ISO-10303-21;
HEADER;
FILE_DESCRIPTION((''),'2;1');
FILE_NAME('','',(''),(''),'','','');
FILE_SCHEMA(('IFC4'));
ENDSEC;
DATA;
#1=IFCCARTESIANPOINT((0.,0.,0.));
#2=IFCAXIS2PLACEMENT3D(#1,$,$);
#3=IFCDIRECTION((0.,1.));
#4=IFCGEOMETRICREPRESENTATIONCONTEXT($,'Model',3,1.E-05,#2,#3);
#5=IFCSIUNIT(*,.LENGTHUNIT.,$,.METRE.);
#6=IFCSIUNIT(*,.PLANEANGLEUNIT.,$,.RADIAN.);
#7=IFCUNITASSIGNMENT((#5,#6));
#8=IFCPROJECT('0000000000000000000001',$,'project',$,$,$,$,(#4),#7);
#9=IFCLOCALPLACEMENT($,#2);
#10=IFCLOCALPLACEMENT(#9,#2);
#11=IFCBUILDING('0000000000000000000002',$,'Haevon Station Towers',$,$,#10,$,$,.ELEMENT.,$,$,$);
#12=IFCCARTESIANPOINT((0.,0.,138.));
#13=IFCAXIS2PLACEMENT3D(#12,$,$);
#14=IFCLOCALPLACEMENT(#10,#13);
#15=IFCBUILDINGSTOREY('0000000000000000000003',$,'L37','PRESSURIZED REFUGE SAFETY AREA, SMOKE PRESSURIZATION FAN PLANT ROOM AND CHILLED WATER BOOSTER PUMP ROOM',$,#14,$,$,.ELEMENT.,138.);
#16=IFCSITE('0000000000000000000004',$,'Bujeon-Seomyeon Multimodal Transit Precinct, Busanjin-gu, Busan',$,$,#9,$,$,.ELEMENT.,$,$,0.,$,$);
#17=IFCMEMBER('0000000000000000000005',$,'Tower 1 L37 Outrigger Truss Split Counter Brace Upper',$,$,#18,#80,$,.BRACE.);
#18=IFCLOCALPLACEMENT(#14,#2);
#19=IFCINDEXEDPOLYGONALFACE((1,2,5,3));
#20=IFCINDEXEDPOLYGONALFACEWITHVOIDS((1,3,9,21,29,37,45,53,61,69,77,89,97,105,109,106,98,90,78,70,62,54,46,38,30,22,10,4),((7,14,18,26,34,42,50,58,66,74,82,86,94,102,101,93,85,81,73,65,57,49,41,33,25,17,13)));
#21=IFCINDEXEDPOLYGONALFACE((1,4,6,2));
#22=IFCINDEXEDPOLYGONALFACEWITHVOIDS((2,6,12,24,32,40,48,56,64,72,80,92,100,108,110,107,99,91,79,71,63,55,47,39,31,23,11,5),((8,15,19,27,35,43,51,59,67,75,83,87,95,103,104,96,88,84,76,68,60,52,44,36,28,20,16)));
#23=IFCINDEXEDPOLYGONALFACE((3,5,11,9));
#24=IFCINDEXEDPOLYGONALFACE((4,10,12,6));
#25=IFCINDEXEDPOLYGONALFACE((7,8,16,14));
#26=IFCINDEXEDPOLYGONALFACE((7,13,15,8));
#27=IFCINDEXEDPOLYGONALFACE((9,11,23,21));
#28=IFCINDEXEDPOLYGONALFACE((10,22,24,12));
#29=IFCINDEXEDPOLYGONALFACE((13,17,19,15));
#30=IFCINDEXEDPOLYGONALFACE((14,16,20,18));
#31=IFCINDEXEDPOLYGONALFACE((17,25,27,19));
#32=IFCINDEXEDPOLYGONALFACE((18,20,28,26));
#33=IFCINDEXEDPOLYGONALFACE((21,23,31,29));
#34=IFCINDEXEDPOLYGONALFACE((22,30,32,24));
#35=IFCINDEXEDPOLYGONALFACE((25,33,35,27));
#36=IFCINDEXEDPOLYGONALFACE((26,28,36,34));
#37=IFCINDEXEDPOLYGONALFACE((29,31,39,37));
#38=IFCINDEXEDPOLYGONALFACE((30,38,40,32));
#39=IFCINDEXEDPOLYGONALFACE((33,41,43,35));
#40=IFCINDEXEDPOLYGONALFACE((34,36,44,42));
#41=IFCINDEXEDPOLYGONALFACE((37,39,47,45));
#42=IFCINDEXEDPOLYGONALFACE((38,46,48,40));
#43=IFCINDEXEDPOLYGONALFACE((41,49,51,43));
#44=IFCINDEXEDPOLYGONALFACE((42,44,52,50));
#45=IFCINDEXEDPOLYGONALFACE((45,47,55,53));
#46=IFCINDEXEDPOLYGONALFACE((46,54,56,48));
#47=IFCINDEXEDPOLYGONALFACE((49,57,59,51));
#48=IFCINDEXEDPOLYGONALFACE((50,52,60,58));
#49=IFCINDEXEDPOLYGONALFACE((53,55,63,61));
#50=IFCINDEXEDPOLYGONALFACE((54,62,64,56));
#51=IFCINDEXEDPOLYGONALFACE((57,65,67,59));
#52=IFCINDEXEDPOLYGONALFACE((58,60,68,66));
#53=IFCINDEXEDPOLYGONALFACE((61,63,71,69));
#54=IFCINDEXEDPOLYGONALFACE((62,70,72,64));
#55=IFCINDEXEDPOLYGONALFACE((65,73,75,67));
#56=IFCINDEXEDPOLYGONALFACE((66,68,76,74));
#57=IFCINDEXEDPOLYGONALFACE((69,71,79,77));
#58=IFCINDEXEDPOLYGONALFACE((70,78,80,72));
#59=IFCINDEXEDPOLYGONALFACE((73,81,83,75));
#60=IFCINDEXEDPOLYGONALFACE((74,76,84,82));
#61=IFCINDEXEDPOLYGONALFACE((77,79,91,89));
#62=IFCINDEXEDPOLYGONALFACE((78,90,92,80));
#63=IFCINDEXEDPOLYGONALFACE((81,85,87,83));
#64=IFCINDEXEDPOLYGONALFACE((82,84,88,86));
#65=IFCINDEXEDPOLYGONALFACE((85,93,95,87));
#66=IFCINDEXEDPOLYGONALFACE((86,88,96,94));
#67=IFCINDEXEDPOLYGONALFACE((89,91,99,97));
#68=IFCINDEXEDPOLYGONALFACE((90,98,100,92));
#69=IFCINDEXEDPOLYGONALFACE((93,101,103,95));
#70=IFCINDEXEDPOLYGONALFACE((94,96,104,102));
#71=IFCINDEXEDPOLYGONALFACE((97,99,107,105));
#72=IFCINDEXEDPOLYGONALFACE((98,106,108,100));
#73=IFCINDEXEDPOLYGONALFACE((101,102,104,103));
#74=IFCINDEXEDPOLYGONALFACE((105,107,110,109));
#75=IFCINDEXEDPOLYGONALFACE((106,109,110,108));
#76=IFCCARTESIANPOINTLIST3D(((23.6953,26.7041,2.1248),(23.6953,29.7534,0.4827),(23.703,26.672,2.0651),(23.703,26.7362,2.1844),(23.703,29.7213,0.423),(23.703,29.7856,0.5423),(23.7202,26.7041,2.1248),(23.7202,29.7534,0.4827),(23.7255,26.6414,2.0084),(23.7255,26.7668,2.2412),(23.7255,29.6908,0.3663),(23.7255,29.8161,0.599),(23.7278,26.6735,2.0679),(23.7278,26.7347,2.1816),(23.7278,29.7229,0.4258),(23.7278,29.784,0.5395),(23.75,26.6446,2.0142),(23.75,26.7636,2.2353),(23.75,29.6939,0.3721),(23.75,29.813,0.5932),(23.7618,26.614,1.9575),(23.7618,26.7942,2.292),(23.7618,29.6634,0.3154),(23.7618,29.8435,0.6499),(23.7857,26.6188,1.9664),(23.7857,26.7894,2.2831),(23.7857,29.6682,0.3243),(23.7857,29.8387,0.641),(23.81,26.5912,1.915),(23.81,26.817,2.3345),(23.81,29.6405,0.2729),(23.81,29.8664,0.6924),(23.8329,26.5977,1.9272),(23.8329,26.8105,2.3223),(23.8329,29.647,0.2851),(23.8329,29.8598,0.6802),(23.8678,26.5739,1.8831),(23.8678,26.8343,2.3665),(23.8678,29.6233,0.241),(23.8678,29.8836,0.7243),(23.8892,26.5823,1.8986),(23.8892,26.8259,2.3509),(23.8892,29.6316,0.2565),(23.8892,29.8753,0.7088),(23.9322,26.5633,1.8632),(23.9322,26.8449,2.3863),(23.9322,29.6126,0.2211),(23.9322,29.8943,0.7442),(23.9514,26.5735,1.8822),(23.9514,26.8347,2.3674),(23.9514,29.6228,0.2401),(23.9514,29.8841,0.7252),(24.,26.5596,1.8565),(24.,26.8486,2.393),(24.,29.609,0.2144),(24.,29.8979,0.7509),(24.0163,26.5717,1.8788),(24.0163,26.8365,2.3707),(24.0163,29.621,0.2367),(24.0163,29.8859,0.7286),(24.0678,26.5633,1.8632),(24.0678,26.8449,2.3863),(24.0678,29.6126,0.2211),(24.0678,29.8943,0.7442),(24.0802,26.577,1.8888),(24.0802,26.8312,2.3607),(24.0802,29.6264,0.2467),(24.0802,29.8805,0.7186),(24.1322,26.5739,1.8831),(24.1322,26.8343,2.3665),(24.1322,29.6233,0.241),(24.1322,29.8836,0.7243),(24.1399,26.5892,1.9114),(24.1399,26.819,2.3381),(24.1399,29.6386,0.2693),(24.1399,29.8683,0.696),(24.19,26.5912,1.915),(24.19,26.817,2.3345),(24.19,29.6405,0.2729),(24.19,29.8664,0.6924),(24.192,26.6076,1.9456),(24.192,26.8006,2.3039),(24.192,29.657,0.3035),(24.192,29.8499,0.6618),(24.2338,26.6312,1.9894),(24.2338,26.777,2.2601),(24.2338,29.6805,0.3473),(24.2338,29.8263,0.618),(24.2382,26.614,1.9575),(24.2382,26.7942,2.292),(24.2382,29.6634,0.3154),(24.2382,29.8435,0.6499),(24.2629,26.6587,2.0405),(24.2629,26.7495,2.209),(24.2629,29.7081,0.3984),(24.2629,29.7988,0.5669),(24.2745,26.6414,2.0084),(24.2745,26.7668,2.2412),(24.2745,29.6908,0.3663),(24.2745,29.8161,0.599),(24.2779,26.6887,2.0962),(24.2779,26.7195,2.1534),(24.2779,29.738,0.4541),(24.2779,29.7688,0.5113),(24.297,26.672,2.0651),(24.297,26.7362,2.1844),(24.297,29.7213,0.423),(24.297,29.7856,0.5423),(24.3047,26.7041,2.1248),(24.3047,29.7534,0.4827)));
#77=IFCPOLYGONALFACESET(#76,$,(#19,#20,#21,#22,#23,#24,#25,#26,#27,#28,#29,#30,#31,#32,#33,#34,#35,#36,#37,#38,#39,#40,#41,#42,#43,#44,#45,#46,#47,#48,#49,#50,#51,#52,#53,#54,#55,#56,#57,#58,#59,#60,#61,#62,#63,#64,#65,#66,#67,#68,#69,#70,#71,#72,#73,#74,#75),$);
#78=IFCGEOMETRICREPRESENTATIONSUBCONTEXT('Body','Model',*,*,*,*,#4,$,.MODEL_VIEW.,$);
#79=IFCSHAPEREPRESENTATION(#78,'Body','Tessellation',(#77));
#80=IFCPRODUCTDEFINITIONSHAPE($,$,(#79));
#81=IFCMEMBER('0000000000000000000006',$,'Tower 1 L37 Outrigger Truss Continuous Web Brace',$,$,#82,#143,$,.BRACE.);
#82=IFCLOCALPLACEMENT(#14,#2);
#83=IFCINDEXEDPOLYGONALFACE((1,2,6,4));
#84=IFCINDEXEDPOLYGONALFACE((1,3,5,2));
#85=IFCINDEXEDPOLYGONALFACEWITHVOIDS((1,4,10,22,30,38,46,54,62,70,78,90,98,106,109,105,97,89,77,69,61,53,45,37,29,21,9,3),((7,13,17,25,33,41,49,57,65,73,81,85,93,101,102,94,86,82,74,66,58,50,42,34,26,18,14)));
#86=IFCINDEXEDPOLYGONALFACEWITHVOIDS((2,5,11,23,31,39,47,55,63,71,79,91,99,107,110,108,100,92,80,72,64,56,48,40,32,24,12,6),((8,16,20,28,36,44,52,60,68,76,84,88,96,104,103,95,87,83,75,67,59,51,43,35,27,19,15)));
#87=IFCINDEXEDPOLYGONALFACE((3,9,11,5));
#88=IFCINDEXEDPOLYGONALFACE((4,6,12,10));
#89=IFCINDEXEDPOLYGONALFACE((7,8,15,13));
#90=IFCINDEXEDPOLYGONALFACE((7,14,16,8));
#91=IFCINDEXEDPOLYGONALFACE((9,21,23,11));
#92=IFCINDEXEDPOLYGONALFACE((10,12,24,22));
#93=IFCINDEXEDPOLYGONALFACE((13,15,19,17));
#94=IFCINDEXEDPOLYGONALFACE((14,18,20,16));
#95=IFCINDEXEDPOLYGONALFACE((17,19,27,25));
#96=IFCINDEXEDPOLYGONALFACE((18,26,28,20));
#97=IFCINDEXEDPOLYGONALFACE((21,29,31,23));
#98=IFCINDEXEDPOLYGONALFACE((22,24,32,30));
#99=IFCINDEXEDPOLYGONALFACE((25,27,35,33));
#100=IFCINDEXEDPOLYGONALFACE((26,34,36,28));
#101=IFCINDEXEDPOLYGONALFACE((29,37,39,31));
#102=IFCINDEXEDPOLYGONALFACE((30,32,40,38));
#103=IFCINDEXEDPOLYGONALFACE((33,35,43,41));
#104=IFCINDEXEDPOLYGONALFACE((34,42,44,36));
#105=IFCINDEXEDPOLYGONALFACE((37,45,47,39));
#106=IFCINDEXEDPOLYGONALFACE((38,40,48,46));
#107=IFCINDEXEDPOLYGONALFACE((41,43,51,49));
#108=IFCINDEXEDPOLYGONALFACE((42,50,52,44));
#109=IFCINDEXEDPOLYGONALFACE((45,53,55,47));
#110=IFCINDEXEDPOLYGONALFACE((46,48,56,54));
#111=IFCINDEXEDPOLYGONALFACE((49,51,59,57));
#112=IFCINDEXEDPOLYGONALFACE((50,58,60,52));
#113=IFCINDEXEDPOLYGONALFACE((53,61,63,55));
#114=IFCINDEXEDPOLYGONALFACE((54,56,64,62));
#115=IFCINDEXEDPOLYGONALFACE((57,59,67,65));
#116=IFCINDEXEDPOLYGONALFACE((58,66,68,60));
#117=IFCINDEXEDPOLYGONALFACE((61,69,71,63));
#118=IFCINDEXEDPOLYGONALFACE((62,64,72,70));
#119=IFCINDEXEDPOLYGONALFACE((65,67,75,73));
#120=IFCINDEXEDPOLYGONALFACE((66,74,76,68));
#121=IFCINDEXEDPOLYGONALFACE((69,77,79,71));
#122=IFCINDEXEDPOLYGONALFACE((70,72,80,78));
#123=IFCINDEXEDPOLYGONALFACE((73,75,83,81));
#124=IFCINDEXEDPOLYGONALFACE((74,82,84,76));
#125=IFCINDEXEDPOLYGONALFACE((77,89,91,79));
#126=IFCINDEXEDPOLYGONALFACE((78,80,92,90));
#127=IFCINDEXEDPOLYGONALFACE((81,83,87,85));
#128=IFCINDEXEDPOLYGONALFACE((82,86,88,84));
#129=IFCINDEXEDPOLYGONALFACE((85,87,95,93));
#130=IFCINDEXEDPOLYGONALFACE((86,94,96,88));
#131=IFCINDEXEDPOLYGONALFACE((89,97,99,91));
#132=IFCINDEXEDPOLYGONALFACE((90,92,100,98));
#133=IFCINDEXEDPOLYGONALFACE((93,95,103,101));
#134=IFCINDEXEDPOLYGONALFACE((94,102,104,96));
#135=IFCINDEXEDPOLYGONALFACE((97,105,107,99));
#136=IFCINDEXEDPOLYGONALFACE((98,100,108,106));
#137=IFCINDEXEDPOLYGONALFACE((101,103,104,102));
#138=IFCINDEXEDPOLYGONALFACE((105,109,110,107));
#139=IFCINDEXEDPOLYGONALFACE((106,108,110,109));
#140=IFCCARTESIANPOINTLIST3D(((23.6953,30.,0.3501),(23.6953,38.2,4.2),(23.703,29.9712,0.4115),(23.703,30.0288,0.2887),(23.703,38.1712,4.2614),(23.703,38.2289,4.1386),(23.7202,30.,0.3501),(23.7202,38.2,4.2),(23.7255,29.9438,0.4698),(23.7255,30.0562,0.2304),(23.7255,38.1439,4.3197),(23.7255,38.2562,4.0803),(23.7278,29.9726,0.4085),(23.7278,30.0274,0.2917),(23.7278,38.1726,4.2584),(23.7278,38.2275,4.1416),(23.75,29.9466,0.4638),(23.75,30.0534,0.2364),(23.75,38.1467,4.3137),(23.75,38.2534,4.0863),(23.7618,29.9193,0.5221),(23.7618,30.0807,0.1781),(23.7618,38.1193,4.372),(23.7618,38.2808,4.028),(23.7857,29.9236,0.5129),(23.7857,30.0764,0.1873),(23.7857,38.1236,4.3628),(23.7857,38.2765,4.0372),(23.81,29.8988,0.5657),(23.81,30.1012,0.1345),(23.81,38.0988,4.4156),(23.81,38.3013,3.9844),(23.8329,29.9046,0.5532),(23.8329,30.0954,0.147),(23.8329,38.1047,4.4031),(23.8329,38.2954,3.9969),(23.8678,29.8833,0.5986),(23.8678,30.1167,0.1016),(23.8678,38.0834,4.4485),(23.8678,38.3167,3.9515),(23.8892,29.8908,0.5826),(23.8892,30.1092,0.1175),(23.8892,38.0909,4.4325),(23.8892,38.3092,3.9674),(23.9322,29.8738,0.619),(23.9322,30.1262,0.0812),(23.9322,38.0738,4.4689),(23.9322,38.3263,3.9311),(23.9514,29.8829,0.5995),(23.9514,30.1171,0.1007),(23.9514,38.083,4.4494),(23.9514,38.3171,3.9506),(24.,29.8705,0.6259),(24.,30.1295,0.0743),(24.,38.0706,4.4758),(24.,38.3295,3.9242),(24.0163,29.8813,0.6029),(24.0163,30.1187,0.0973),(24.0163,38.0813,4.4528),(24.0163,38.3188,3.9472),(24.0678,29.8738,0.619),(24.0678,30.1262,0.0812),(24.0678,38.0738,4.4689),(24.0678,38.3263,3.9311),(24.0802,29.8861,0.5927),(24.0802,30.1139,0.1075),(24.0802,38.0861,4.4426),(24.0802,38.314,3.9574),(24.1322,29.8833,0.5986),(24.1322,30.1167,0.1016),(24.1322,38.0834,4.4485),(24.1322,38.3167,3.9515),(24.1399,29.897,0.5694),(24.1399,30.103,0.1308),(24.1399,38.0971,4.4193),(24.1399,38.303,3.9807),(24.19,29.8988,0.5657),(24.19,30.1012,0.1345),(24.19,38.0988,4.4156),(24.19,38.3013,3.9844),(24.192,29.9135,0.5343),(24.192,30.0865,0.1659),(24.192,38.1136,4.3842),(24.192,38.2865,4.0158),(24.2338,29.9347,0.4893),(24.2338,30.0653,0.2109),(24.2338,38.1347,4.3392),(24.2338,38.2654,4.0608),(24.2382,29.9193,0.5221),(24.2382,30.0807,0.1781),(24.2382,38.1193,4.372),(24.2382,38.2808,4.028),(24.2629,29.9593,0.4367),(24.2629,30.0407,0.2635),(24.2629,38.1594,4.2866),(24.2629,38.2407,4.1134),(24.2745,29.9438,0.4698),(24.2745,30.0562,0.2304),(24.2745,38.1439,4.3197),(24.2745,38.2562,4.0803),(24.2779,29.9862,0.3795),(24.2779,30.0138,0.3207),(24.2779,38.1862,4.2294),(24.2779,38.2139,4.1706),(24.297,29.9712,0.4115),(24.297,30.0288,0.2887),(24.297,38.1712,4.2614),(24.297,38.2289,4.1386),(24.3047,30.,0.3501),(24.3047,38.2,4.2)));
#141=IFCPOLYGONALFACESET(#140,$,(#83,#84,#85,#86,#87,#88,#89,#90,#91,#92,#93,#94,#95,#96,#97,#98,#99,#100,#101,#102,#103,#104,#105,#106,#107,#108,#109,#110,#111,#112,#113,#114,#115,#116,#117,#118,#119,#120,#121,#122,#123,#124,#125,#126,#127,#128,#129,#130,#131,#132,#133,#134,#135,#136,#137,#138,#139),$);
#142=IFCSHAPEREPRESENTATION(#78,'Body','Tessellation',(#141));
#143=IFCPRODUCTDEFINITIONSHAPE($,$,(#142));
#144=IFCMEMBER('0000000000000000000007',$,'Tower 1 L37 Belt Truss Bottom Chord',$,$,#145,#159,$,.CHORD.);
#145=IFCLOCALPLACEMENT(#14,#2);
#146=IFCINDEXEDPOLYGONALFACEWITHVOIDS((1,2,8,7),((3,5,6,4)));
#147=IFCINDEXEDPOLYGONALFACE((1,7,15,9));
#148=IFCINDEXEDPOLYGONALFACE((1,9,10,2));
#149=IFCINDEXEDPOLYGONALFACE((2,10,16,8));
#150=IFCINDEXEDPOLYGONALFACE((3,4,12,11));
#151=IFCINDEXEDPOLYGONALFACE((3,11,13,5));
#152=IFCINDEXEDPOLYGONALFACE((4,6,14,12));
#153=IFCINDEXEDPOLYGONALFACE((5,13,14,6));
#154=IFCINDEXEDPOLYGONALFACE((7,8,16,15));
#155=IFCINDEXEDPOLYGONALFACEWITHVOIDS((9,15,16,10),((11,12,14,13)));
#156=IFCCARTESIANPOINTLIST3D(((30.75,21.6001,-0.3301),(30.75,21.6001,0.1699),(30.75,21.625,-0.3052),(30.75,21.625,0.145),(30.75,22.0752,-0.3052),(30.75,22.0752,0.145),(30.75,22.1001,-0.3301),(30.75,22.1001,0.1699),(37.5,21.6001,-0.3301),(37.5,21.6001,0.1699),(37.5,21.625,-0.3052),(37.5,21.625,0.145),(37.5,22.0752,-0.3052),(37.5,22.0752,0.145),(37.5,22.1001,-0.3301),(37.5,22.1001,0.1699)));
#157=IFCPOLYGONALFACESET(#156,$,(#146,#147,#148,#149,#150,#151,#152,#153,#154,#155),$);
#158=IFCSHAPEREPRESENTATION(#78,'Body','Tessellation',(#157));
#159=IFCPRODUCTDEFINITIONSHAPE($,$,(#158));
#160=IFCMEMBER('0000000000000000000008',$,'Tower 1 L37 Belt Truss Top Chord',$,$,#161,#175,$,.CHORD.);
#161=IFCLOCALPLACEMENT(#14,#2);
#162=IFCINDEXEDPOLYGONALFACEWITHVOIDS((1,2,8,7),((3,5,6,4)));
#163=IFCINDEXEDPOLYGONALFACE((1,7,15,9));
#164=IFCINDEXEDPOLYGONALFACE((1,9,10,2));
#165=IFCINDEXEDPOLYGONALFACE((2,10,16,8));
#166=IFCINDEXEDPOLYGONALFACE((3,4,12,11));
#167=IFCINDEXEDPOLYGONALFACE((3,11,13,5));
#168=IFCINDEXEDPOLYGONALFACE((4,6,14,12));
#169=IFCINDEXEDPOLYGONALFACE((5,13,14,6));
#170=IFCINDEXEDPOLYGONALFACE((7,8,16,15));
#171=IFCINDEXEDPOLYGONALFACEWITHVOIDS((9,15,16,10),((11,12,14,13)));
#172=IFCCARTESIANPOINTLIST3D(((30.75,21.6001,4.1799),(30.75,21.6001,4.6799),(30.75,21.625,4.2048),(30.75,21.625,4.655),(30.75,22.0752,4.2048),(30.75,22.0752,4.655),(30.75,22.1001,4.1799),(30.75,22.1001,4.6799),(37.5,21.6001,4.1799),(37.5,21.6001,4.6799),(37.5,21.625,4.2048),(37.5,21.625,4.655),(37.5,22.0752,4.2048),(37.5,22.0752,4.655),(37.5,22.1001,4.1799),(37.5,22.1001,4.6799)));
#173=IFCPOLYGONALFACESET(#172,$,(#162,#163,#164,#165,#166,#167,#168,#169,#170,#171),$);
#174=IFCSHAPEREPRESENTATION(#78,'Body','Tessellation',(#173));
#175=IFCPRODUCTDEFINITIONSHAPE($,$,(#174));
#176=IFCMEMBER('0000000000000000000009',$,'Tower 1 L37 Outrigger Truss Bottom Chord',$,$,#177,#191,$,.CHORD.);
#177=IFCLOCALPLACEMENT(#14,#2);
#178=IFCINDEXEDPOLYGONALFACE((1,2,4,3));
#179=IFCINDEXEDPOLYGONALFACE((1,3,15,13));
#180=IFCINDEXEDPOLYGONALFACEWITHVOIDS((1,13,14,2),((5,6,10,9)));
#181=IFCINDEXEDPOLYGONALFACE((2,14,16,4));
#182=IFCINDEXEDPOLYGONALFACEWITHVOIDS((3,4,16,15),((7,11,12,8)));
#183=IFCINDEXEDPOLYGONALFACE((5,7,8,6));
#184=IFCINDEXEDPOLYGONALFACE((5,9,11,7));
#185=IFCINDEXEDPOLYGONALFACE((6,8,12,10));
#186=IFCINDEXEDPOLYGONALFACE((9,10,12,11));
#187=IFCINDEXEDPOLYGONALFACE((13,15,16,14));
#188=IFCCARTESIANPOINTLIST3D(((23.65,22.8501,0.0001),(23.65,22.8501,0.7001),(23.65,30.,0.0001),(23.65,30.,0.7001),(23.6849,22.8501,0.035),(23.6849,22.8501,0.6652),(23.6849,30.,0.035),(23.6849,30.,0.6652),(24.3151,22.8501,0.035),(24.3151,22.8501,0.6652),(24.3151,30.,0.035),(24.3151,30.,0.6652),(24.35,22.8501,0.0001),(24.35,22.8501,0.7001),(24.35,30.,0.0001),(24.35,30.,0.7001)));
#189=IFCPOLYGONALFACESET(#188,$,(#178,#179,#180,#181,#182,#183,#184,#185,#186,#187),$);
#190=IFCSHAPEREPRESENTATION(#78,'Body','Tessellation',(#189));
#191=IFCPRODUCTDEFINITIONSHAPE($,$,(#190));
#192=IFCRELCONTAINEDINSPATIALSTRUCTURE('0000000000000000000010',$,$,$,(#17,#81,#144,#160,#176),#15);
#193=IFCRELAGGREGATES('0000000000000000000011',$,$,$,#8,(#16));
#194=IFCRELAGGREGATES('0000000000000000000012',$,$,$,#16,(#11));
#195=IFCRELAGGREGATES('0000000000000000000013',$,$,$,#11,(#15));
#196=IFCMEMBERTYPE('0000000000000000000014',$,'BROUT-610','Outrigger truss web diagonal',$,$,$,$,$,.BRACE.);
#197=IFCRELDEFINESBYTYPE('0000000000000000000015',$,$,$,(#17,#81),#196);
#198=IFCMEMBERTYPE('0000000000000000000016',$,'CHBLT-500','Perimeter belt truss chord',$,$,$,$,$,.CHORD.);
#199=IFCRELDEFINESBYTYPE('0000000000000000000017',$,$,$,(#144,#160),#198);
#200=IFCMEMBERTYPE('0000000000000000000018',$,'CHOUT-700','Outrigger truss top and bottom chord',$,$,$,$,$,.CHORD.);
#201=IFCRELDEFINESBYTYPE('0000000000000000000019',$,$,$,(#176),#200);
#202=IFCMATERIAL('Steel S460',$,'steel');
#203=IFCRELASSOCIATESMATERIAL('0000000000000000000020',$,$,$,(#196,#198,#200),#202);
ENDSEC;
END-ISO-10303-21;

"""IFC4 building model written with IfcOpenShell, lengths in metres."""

from ifc_helpers import new_model, si_unit, direction, frame, origin, origin_2d, place, context, subcontext, project, spatial, hollow_rectangle, hollow_circle, extrude, material, material_profile, profile_set, type_object, element, save


model = new_model("IFC4")

# Units and contexts
model_context = context("Model", 3, precision=1e-05, world=origin(), true_north=direction((0.0, 1.0)))
body_context = subcontext(model_context, "Body", "Model", "MODEL_VIEW")
ifc_project = project(units=[si_unit("LENGTHUNIT", "METRE"), si_unit("PLANEANGLEUNIT", "RADIAN")], contexts=[model_context])

# Site, building, storey
site_placement = place(None, origin())
site = spatial("IfcSite", under=ifc_project, at=site_placement, Name="Bujeon-Seomyeon Multimodal Transit Precinct, Busanjin-gu, Busan", CompositionType="ELEMENT", RefElevation=0.0)
building_placement = place(site_placement, origin())
building = spatial("IfcBuilding", under=site, at=building_placement, Name="Haevon Station Towers", CompositionType="ELEMENT")
storey_placement = place(building_placement, frame((0.0, 0.0, 138.0)))
storey = spatial("IfcBuildingStorey", under=building, at=storey_placement, Name="L37", Description="PRESSURIZED REFUGE SAFETY AREA, SMOKE PRESSURIZATION FAN PLANT ROOM AND CHILLED WATER BOOSTER PUMP ROOM", CompositionType="ELEMENT", Elevation=138.0)

# Shared definitions
ifc_material_1 = material(Name="Steel S460", Category="steel")

# Members
ifc_material_profile_1 = material_profile(ifc_material_1, hollow_circle(Radius=0.3047, WallThickness=0.0249, at=origin_2d()), Name="CHS-609.6x25")
ifc_profile_set_1 = profile_set([ifc_material_profile_1], Name="Steel S460")
member_type_1 = type_object("IfcMemberType", Name="BROUT-610", Description="Outrigger truss web diagonal", PredefinedType="BRACE", material=ifc_profile_set_1)
for number, where, z_axis, x_axis, name in (
    (1, (24.0, 26.7041, 2.1248), (0.0, 0.880453, -0.474133), (-1.0, 0.0, 0.0), "Tower 1 L37 Outrigger Truss Split Counter Brace Upper"),
):
    element("IfcMember", number, at=place(storey_placement, frame(where, z_axis=z_axis, x_axis=x_axis)), inside=storey, type_object=member_type_1, Name=name, PredefinedType="BRACE", context=body_context, shape_type="SweptSolid", body=[
        extrude(hollow_circle(Radius=0.3047, WallThickness=0.0249, at=origin_2d()), origin(), (0.0, 0.0, 1.0), 3.4634),
    ])
member_1_placement = place(storey_placement, frame((24.0, 30.0, 0.3501), z_axis=(0.0, 0.905199, 0.424988), x_axis=(-1.0, 0.0, 0.0)))
element("IfcMember", 2, at=member_1_placement, inside=storey, type_object=member_type_1, Name="Tower 1 L37 Outrigger Truss Continuous Web Brace", PredefinedType="BRACE", context=body_context, shape_type="SweptSolid", body=[
    extrude(hollow_circle(Radius=0.3047, WallThickness=0.0249, at=origin_2d()), origin(), (0.0, 0.0, 1.0), 9.0588),
])
ifc_material_profile_2 = material_profile(ifc_material_1, hollow_rectangle(XDim=0.5, YDim=0.5, WallThickness=0.0249, at=origin_2d()), Name="RHS-500x500x25")
ifc_profile_set_2 = profile_set([ifc_material_profile_2], Name="Steel S460")
member_type_2 = type_object("IfcMemberType", Name="CHBLT-500", Description="Perimeter belt truss chord", PredefinedType="CHORD", material=ifc_profile_set_2)
for number, where, z_axis, x_axis, name in (
    (3, (30.75, 21.8501, -0.0801), (1.0, 0.0, 0.0), (0.0, 1.0, 0.0), "Tower 1 L37 Belt Truss Bottom Chord"),
    (4, (30.75, 21.8501, 4.4299), (1.0, 0.0, 0.0), (0.0, 1.0, 0.0), "Tower 1 L37 Belt Truss Top Chord"),
):
    element("IfcMember", number, at=place(storey_placement, frame(where, z_axis=z_axis, x_axis=x_axis)), inside=storey, type_object=member_type_2, Name=name, PredefinedType="CHORD", context=body_context, shape_type="SweptSolid", body=[
        extrude(hollow_rectangle(XDim=0.5, YDim=0.5, WallThickness=0.0249, at=origin_2d()), origin(), (0.0, 0.0, 1.0), 6.75),
    ])
ifc_material_profile_3 = material_profile(ifc_material_1, hollow_rectangle(XDim=0.7, YDim=0.7, WallThickness=0.0349, at=origin_2d()), Name="RHS-700x700x35")
ifc_profile_set_3 = profile_set([ifc_material_profile_3], Name="Steel S460")
member_type_3 = type_object("IfcMemberType", Name="CHOUT-700", Description="Outrigger truss top and bottom chord", PredefinedType="CHORD", material=ifc_profile_set_3)
for number, where, z_axis, x_axis, name in (
    (5, (24.0, 22.8501, 0.3501), (0.0, 1.0, 0.0), (-1.0, 0.0, 0.0), "Tower 1 L37 Outrigger Truss Bottom Chord"),
):
    element("IfcMember", number, at=place(storey_placement, frame(where, z_axis=z_axis, x_axis=x_axis)), inside=storey, type_object=member_type_3, Name=name, PredefinedType="CHORD", context=body_context, shape_type="SweptSolid", body=[
        extrude(hollow_rectangle(XDim=0.7, YDim=0.7, WallThickness=0.0349, at=origin_2d()), origin(), (0.0, 0.0, 1.0), 7.1499),
    ])

save(model, "model.ifc")
